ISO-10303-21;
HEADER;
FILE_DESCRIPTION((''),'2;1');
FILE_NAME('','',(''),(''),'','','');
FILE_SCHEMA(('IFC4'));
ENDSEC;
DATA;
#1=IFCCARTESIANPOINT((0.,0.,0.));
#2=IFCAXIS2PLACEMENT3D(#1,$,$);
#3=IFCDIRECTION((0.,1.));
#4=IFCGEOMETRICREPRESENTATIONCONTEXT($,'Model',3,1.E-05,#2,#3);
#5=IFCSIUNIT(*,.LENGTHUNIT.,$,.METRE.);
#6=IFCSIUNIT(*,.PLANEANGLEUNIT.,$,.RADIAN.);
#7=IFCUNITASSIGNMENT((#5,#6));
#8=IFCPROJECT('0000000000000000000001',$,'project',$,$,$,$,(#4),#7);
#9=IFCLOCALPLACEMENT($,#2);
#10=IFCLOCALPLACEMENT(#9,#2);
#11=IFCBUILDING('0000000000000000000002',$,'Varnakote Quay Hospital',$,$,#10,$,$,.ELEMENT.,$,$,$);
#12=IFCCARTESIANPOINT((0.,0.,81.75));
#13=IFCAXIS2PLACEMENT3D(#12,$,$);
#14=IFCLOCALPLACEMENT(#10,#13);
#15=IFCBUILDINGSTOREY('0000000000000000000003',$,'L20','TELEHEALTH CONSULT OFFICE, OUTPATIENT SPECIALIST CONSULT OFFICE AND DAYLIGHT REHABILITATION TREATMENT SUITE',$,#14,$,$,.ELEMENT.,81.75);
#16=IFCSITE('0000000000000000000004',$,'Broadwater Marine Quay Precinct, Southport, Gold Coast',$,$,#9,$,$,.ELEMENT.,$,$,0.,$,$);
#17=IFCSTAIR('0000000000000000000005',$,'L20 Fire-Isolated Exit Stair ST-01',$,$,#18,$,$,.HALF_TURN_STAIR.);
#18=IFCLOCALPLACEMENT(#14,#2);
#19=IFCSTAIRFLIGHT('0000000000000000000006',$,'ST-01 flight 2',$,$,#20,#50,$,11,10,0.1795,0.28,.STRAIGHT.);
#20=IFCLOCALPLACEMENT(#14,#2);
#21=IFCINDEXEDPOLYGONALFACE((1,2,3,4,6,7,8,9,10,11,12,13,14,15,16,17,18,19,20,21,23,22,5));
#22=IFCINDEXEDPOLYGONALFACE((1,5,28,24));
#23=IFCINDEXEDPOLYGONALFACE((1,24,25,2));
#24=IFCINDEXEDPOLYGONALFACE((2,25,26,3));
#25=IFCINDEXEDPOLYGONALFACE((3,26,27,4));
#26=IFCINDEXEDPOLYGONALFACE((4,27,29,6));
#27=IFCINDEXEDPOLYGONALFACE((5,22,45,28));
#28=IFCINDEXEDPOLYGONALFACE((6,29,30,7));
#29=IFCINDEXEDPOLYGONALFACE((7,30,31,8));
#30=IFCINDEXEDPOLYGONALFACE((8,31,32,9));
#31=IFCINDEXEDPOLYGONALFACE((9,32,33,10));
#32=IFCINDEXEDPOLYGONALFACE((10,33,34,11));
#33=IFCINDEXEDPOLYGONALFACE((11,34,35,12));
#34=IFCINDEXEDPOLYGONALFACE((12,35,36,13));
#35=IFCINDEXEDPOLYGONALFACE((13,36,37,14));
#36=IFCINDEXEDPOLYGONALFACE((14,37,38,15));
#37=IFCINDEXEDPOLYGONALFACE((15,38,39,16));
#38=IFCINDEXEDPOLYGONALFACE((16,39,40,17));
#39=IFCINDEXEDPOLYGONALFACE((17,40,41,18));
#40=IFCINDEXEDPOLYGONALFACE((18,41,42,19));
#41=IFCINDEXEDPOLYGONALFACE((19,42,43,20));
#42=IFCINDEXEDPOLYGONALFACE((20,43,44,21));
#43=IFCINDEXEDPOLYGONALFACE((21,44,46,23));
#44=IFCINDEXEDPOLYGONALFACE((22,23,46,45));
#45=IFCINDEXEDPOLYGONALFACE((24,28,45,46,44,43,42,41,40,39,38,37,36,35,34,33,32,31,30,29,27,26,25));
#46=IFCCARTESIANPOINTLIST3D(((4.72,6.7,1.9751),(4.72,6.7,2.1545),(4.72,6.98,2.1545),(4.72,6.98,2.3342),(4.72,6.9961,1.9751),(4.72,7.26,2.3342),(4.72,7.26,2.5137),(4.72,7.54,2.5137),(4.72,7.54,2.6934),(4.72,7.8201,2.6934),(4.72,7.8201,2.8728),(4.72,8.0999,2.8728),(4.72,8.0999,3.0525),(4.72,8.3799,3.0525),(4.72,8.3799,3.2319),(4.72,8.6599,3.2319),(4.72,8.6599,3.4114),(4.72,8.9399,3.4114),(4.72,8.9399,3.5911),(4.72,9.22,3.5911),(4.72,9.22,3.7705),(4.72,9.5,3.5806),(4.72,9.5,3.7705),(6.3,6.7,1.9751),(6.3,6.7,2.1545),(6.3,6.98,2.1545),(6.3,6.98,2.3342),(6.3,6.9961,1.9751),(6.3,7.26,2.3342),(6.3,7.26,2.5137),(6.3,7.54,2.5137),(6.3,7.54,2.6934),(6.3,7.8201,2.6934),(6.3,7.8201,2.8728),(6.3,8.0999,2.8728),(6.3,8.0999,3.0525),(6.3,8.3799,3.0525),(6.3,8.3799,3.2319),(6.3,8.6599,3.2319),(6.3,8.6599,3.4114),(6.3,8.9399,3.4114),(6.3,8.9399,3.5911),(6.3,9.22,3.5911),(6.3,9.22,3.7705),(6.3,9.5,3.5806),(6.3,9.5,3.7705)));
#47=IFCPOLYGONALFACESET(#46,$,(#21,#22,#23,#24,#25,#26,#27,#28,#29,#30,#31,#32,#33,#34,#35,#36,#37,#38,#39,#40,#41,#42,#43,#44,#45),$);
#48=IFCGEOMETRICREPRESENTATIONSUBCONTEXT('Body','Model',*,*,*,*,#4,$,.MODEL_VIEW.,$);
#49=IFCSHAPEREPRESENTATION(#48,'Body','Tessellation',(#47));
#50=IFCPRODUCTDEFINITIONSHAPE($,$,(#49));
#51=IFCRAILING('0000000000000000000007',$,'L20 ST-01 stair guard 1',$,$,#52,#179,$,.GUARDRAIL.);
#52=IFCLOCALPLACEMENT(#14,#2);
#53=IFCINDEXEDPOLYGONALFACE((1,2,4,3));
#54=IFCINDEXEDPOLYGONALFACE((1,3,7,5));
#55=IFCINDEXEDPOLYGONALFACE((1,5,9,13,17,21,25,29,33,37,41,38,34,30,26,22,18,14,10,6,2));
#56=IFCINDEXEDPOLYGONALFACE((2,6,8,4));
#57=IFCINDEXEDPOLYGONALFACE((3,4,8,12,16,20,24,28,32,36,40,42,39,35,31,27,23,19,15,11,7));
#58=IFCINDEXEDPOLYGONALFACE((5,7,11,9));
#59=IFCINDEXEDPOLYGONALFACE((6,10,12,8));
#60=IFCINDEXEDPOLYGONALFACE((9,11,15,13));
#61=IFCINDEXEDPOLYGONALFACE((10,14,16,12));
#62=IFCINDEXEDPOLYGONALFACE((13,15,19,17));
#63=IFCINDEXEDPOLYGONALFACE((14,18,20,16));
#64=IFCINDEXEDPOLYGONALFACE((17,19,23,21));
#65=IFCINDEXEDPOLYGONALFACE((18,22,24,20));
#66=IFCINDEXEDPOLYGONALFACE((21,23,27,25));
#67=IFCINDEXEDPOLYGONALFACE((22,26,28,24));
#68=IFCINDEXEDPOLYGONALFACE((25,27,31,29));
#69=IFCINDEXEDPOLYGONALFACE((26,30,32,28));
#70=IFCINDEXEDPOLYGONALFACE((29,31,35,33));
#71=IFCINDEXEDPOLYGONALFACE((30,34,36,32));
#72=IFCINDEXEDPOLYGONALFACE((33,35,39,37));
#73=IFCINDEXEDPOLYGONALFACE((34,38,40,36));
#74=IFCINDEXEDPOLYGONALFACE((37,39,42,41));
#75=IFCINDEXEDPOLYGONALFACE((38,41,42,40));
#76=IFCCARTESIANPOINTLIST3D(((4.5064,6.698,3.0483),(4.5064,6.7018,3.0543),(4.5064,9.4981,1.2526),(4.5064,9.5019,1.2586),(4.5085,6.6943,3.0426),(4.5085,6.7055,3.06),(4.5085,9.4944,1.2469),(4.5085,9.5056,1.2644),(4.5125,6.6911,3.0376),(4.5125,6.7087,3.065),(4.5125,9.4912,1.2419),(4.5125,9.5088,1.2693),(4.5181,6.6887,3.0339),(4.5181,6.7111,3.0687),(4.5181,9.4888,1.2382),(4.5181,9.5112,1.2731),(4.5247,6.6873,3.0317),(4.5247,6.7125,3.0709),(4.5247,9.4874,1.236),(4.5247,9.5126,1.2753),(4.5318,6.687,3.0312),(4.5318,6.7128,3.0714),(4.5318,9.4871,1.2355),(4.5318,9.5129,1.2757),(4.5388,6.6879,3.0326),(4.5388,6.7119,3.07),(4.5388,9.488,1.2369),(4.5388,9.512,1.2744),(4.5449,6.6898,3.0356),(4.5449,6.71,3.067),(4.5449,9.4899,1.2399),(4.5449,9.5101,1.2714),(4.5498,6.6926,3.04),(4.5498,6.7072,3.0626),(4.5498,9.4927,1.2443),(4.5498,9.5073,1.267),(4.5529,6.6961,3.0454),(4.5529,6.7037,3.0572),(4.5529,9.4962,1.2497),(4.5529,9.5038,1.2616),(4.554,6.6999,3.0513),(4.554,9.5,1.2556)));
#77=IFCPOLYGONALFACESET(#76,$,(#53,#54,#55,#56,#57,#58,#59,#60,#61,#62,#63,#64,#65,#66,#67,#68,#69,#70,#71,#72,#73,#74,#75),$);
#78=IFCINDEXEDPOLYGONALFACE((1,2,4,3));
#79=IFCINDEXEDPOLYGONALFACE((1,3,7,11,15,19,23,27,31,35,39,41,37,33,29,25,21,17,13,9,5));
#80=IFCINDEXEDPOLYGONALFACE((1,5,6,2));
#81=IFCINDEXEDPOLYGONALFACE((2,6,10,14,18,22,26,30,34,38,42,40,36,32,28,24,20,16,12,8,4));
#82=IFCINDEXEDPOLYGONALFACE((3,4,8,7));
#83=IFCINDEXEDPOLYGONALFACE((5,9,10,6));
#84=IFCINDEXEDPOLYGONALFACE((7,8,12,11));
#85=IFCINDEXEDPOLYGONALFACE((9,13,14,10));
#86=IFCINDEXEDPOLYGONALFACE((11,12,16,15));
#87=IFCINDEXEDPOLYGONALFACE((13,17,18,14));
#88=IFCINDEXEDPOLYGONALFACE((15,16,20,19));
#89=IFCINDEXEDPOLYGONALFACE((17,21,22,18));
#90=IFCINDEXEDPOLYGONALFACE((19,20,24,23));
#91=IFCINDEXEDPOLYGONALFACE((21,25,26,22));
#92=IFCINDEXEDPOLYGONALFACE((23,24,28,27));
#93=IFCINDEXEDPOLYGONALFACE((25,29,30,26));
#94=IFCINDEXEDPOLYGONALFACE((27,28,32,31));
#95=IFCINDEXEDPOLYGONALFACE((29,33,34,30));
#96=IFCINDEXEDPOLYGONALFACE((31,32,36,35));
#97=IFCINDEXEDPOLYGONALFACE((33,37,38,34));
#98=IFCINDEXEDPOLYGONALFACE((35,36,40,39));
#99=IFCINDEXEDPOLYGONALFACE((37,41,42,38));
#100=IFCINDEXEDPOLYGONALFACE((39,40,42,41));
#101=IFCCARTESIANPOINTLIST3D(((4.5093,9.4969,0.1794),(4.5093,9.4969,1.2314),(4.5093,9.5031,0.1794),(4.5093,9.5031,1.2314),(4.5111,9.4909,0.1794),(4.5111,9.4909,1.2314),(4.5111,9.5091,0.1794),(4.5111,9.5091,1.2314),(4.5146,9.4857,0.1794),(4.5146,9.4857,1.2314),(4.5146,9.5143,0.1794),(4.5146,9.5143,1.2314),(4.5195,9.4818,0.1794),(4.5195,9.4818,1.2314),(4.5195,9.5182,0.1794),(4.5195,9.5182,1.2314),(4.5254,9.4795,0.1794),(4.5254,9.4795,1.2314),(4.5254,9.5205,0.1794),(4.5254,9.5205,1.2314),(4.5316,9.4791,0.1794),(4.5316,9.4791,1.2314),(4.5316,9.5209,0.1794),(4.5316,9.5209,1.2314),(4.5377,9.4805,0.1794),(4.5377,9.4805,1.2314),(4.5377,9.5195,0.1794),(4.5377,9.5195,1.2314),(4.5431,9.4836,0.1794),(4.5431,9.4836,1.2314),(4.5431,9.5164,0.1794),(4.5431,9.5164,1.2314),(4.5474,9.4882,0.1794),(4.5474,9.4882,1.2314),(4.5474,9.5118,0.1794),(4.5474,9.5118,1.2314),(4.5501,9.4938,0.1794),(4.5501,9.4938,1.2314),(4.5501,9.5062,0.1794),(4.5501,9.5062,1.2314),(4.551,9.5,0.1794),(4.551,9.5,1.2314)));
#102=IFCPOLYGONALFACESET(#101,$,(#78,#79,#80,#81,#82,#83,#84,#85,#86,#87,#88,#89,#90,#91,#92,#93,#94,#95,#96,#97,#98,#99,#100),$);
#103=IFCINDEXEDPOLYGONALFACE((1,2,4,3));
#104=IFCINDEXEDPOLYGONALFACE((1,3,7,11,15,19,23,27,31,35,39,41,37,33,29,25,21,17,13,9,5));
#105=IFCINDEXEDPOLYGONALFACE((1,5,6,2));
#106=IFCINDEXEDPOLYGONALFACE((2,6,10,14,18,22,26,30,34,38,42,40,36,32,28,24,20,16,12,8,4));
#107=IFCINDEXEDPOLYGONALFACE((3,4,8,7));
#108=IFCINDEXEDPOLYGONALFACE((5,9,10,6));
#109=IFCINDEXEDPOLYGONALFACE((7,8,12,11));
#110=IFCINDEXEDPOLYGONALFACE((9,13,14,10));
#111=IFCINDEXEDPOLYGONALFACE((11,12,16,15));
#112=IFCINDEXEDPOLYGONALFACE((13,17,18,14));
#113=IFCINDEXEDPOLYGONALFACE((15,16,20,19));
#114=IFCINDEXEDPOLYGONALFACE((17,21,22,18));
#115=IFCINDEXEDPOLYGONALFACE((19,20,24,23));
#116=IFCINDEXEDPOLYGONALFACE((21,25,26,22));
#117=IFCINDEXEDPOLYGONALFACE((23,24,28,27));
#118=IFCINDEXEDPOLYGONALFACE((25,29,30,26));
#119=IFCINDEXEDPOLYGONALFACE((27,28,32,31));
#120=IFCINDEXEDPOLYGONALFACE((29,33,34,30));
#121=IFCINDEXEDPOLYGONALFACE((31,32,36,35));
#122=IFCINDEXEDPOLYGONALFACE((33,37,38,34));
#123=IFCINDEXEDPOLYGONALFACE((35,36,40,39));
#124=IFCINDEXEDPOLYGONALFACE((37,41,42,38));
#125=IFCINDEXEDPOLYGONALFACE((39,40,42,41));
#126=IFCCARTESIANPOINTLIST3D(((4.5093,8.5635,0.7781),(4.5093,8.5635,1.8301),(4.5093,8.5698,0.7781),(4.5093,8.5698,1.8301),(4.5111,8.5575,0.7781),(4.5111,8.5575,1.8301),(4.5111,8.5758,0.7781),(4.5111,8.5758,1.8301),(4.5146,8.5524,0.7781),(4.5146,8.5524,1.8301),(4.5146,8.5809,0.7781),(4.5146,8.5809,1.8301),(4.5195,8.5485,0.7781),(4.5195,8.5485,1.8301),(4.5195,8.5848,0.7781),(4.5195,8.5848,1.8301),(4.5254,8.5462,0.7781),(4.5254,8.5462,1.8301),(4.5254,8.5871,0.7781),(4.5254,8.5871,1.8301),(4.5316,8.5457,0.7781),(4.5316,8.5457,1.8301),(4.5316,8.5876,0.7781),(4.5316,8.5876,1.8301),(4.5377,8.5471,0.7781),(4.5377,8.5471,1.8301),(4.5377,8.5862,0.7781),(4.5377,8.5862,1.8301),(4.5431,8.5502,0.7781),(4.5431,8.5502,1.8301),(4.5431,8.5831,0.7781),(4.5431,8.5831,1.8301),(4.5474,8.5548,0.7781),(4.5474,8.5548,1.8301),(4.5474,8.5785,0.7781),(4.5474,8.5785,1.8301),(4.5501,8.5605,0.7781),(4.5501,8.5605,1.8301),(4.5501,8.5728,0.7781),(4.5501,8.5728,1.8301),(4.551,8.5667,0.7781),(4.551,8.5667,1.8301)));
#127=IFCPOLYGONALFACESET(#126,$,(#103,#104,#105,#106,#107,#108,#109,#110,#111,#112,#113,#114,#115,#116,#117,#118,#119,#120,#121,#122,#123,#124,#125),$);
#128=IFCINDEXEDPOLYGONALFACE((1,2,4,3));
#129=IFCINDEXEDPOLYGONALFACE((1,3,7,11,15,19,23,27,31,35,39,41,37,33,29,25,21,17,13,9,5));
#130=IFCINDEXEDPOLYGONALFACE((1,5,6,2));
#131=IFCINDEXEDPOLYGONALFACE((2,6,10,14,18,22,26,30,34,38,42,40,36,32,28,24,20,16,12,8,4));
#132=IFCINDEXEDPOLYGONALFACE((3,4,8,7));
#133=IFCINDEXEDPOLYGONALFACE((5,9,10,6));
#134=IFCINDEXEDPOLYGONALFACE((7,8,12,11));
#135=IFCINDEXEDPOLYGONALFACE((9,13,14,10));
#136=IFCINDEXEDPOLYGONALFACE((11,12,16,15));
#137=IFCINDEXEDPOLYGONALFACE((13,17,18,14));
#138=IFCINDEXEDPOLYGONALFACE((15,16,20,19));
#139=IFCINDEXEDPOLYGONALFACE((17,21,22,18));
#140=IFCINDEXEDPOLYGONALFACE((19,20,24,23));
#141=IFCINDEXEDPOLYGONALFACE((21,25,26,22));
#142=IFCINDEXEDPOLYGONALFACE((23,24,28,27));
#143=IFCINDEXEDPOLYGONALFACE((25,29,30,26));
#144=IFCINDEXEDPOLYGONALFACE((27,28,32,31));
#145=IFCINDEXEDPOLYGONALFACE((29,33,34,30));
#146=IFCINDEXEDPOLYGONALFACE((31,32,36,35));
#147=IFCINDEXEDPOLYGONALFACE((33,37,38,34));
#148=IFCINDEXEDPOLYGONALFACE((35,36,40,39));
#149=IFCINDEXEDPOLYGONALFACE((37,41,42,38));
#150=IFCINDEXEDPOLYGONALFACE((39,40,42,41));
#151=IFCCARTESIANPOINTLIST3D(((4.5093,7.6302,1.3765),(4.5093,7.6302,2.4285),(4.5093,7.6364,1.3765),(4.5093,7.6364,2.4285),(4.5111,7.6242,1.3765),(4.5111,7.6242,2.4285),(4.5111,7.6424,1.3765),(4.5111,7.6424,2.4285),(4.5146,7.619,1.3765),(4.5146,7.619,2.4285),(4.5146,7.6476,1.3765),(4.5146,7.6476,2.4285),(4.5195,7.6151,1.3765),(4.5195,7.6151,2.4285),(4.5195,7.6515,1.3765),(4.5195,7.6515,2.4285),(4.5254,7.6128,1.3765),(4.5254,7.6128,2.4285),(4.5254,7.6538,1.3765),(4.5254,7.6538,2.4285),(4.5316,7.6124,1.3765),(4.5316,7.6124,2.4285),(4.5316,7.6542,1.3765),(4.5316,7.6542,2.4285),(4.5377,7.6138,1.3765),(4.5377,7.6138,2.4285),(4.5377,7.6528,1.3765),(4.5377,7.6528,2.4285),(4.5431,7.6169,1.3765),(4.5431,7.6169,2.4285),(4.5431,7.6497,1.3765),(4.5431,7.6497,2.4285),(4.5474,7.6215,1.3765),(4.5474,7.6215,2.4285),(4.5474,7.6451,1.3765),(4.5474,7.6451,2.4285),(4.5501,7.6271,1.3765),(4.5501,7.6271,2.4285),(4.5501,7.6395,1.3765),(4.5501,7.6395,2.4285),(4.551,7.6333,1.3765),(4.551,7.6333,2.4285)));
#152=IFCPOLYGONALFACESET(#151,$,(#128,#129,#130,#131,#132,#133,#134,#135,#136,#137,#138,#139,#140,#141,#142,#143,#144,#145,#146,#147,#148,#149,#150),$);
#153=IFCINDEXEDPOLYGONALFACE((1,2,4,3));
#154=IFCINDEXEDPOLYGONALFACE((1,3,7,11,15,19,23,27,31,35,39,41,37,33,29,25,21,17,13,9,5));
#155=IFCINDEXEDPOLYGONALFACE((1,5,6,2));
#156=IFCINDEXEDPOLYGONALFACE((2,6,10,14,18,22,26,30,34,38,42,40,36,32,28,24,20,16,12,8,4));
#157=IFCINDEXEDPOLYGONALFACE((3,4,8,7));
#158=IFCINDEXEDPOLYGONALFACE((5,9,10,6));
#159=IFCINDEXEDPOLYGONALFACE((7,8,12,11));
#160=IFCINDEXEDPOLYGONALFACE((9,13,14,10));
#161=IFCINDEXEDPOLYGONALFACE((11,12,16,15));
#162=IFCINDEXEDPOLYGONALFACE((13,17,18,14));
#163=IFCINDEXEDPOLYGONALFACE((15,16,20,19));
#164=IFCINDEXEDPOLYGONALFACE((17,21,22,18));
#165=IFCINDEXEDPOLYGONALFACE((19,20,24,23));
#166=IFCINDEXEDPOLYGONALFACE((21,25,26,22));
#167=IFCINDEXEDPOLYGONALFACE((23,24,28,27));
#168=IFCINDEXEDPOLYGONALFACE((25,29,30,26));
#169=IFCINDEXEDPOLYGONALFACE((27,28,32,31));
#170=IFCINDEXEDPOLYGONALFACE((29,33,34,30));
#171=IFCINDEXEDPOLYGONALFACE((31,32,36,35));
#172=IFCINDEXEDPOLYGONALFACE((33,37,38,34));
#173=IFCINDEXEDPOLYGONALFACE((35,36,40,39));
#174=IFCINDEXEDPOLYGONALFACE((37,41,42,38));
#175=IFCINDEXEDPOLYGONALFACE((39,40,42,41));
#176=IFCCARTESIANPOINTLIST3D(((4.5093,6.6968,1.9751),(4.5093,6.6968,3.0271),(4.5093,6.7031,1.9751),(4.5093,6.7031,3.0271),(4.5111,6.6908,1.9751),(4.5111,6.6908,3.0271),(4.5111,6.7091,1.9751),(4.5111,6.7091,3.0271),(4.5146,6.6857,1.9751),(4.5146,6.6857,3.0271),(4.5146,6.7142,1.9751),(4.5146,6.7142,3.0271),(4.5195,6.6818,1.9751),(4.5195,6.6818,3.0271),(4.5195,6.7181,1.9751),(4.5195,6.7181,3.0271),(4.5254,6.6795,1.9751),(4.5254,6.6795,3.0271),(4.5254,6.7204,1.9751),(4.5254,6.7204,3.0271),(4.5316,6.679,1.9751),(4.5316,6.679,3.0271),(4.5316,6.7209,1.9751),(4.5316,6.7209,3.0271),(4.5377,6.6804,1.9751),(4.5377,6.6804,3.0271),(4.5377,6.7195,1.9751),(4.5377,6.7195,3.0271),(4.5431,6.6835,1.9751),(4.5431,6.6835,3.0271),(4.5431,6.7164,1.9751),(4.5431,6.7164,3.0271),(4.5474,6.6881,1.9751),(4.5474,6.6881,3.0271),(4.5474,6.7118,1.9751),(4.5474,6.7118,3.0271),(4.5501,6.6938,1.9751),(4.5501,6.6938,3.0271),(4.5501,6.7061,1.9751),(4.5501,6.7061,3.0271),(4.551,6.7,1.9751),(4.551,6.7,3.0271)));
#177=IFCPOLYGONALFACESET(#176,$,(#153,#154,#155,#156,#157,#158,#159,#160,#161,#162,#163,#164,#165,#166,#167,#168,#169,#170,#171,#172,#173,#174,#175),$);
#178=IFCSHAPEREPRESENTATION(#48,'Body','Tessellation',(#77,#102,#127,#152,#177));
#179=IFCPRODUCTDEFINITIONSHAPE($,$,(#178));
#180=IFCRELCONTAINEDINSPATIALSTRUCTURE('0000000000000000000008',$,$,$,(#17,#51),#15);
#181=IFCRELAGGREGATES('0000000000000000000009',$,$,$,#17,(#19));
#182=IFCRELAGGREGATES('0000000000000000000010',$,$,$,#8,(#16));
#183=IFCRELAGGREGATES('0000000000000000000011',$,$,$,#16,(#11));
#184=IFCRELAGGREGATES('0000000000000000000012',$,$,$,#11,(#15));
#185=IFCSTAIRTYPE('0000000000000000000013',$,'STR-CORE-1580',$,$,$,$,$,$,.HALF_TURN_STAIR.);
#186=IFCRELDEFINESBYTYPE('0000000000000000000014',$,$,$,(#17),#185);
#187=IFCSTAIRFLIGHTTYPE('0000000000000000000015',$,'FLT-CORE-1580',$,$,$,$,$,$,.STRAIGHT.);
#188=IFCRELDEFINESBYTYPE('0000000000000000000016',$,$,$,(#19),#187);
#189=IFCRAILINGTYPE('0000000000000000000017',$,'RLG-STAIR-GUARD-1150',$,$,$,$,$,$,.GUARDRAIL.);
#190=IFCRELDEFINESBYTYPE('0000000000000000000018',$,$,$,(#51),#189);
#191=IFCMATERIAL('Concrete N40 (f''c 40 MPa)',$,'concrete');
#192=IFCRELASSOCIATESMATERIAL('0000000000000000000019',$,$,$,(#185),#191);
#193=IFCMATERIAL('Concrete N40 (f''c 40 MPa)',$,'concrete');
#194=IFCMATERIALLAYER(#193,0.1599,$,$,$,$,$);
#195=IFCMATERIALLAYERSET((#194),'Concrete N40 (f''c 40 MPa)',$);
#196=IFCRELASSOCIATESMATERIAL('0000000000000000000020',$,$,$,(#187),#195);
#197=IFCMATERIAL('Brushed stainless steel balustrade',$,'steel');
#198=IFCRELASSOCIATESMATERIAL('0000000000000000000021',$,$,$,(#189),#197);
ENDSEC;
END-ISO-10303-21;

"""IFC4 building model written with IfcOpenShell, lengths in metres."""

from ifc_helpers import new_model, si_unit, direction, frame, origin, origin_2d, place, context, subcontext, project, spatial, polyline, circle, outline, extrude, material, layer, layer_set, type_object, element, aggregate, save


model = new_model("IFC4")

# Units and contexts
model_context = context("Model", 3, precision=1e-05, world=origin(), true_north=direction((0.0, 1.0)))
body_context = subcontext(model_context, "Body", "Model", "MODEL_VIEW")
ifc_project = project(units=[si_unit("LENGTHUNIT", "METRE"), si_unit("PLANEANGLEUNIT", "RADIAN")], contexts=[model_context])

# Site, building, storey
site_placement = place(None, origin())
site = spatial("IfcSite", under=ifc_project, at=site_placement, Name="Broadwater Marine Quay Precinct, Southport, Gold Coast", CompositionType="ELEMENT", RefElevation=0.0)
building_placement = place(site_placement, origin())
building = spatial("IfcBuilding", under=site, at=building_placement, Name="Varnakote Quay Hospital", CompositionType="ELEMENT")
storey_placement = place(building_placement, frame((0.0, 0.0, 81.75)))
storey = spatial("IfcBuildingStorey", under=building, at=storey_placement, Name="L20", Description="TELEHEALTH CONSULT OFFICE, OUTPATIENT SPECIALIST CONSULT OFFICE AND DAYLIGHT REHABILITATION TREATMENT SUITE", CompositionType="ELEMENT", Elevation=81.75)

# Stair, stair flight
ifc_material_1 = material(Name="Concrete N40 (f'c 40 MPa)", Category="concrete")
stair_type = type_object("IfcStairType", Name="STR-CORE-1580", PredefinedType="HALF_TURN_STAIR", material=ifc_material_1)
stair_placement = place(storey_placement, origin())
stair = element("IfcStair", 1, at=stair_placement, inside=storey, type_object=stair_type, Name="L20 Fire-Isolated Exit Stair ST-01", PredefinedType="HALF_TURN_STAIR")
ifc_material_2 = material(Name="Concrete N40 (f'c 40 MPa)", Category="concrete")
ifc_layer_1 = layer(ifc_material_2, 0.1599)
ifc_layer_set_1 = layer_set([ifc_layer_1], Name="Concrete N40 (f'c 40 MPa)")
stair_flight_type = type_object("IfcStairFlightType", Name="FLT-CORE-1580", PredefinedType="STRAIGHT", material=ifc_layer_set_1)
stair_flight_1_placement = place(storey_placement, frame((5.51, 6.7, 1.9751), z_axis=(0.0, 0.0, 1.0), x_axis=(0.0, 1.0, 0.0)))
stair_flight_1 = element("IfcStairFlight", 2, at=stair_flight_1_placement, type_object=stair_flight_type, Name="ST-01 flight 2", NumberOfRisers=11, NumberOfTreads=10, PredefinedType="STRAIGHT", RiserHeight=0.1795, TreadLength=0.28, context=body_context, shape_type="SweptSolid", body=[
    extrude(outline(polyline([(0.0, 0.0), (0.0, 0.1794), (0.28, 0.1794), (0.28, 0.3591), (0.5601, 0.3591), (0.5601, 0.5386), (0.8401, 0.5386), (0.8401, 0.7183), (1.1201, 0.7183), (1.1201, 0.8977), (1.3999, 0.8977), (1.3999, 1.0774), (1.6799, 1.0774), (1.6799, 1.2568), (1.96, 1.2568), (1.96, 1.4363), (2.24, 1.4363), (2.24, 1.616), (2.52, 1.616), (2.52, 1.7954), (2.8, 1.7954), (2.8, 1.9751), (2.8, 1.6055), (0.2961, 0.0), (0.0, 0.0)])), frame((0.0, 0.79, 0.0), z_axis=(0.0, -1.0, 0.0), x_axis=(1.0, 0.0, 0.0)), (0.0, 0.0, 1.0), 1.5801),
])
aggregate(stair, [stair_flight_1])

# Railing
ifc_material_3 = material(Name="Brushed stainless steel balustrade", Category="steel")
railing_type_1 = type_object("IfcRailingType", Name="RLG-STAIR-GUARD-1150", PredefinedType="GUARDRAIL", material=ifc_material_3)
railing_1_placement = place(storey_placement, frame((4.53, 9.5, 0.1794)))
element("IfcRailing", 3, at=railing_1_placement, inside=storey, type_object=railing_type_1, Name="L20 ST-01 stair guard 1", PredefinedType="GUARDRAIL", context=body_context, shape_type="SweptSolid", body=[
    extrude(circle(Radius=0.0239, at=origin_2d()), frame((0.0, 0.0, 1.0762), z_axis=(0.0, -0.841777, 0.539826), x_axis=(1.0, 0.0, 0.0)), (0.0, 0.0, 1.0), 3.3264),
    extrude(circle(Radius=0.021, at=origin_2d()), origin(), (0.0, 0.0, 1.0), 1.052),
    extrude(circle(Radius=0.021, at=origin_2d()), frame((0.0, -0.9333, 0.5986)), (0.0, 0.0, 1.0), 1.052),
    extrude(circle(Radius=0.021, at=origin_2d()), frame((0.0, -1.8667, 1.197)), (0.0, 0.0, 1.0), 1.052),
    extrude(circle(Radius=0.021, at=origin_2d()), frame((0.0, -2.8, 1.7957)), (0.0, 0.0, 1.0), 1.052),
])

save(model, "model.ifc")
